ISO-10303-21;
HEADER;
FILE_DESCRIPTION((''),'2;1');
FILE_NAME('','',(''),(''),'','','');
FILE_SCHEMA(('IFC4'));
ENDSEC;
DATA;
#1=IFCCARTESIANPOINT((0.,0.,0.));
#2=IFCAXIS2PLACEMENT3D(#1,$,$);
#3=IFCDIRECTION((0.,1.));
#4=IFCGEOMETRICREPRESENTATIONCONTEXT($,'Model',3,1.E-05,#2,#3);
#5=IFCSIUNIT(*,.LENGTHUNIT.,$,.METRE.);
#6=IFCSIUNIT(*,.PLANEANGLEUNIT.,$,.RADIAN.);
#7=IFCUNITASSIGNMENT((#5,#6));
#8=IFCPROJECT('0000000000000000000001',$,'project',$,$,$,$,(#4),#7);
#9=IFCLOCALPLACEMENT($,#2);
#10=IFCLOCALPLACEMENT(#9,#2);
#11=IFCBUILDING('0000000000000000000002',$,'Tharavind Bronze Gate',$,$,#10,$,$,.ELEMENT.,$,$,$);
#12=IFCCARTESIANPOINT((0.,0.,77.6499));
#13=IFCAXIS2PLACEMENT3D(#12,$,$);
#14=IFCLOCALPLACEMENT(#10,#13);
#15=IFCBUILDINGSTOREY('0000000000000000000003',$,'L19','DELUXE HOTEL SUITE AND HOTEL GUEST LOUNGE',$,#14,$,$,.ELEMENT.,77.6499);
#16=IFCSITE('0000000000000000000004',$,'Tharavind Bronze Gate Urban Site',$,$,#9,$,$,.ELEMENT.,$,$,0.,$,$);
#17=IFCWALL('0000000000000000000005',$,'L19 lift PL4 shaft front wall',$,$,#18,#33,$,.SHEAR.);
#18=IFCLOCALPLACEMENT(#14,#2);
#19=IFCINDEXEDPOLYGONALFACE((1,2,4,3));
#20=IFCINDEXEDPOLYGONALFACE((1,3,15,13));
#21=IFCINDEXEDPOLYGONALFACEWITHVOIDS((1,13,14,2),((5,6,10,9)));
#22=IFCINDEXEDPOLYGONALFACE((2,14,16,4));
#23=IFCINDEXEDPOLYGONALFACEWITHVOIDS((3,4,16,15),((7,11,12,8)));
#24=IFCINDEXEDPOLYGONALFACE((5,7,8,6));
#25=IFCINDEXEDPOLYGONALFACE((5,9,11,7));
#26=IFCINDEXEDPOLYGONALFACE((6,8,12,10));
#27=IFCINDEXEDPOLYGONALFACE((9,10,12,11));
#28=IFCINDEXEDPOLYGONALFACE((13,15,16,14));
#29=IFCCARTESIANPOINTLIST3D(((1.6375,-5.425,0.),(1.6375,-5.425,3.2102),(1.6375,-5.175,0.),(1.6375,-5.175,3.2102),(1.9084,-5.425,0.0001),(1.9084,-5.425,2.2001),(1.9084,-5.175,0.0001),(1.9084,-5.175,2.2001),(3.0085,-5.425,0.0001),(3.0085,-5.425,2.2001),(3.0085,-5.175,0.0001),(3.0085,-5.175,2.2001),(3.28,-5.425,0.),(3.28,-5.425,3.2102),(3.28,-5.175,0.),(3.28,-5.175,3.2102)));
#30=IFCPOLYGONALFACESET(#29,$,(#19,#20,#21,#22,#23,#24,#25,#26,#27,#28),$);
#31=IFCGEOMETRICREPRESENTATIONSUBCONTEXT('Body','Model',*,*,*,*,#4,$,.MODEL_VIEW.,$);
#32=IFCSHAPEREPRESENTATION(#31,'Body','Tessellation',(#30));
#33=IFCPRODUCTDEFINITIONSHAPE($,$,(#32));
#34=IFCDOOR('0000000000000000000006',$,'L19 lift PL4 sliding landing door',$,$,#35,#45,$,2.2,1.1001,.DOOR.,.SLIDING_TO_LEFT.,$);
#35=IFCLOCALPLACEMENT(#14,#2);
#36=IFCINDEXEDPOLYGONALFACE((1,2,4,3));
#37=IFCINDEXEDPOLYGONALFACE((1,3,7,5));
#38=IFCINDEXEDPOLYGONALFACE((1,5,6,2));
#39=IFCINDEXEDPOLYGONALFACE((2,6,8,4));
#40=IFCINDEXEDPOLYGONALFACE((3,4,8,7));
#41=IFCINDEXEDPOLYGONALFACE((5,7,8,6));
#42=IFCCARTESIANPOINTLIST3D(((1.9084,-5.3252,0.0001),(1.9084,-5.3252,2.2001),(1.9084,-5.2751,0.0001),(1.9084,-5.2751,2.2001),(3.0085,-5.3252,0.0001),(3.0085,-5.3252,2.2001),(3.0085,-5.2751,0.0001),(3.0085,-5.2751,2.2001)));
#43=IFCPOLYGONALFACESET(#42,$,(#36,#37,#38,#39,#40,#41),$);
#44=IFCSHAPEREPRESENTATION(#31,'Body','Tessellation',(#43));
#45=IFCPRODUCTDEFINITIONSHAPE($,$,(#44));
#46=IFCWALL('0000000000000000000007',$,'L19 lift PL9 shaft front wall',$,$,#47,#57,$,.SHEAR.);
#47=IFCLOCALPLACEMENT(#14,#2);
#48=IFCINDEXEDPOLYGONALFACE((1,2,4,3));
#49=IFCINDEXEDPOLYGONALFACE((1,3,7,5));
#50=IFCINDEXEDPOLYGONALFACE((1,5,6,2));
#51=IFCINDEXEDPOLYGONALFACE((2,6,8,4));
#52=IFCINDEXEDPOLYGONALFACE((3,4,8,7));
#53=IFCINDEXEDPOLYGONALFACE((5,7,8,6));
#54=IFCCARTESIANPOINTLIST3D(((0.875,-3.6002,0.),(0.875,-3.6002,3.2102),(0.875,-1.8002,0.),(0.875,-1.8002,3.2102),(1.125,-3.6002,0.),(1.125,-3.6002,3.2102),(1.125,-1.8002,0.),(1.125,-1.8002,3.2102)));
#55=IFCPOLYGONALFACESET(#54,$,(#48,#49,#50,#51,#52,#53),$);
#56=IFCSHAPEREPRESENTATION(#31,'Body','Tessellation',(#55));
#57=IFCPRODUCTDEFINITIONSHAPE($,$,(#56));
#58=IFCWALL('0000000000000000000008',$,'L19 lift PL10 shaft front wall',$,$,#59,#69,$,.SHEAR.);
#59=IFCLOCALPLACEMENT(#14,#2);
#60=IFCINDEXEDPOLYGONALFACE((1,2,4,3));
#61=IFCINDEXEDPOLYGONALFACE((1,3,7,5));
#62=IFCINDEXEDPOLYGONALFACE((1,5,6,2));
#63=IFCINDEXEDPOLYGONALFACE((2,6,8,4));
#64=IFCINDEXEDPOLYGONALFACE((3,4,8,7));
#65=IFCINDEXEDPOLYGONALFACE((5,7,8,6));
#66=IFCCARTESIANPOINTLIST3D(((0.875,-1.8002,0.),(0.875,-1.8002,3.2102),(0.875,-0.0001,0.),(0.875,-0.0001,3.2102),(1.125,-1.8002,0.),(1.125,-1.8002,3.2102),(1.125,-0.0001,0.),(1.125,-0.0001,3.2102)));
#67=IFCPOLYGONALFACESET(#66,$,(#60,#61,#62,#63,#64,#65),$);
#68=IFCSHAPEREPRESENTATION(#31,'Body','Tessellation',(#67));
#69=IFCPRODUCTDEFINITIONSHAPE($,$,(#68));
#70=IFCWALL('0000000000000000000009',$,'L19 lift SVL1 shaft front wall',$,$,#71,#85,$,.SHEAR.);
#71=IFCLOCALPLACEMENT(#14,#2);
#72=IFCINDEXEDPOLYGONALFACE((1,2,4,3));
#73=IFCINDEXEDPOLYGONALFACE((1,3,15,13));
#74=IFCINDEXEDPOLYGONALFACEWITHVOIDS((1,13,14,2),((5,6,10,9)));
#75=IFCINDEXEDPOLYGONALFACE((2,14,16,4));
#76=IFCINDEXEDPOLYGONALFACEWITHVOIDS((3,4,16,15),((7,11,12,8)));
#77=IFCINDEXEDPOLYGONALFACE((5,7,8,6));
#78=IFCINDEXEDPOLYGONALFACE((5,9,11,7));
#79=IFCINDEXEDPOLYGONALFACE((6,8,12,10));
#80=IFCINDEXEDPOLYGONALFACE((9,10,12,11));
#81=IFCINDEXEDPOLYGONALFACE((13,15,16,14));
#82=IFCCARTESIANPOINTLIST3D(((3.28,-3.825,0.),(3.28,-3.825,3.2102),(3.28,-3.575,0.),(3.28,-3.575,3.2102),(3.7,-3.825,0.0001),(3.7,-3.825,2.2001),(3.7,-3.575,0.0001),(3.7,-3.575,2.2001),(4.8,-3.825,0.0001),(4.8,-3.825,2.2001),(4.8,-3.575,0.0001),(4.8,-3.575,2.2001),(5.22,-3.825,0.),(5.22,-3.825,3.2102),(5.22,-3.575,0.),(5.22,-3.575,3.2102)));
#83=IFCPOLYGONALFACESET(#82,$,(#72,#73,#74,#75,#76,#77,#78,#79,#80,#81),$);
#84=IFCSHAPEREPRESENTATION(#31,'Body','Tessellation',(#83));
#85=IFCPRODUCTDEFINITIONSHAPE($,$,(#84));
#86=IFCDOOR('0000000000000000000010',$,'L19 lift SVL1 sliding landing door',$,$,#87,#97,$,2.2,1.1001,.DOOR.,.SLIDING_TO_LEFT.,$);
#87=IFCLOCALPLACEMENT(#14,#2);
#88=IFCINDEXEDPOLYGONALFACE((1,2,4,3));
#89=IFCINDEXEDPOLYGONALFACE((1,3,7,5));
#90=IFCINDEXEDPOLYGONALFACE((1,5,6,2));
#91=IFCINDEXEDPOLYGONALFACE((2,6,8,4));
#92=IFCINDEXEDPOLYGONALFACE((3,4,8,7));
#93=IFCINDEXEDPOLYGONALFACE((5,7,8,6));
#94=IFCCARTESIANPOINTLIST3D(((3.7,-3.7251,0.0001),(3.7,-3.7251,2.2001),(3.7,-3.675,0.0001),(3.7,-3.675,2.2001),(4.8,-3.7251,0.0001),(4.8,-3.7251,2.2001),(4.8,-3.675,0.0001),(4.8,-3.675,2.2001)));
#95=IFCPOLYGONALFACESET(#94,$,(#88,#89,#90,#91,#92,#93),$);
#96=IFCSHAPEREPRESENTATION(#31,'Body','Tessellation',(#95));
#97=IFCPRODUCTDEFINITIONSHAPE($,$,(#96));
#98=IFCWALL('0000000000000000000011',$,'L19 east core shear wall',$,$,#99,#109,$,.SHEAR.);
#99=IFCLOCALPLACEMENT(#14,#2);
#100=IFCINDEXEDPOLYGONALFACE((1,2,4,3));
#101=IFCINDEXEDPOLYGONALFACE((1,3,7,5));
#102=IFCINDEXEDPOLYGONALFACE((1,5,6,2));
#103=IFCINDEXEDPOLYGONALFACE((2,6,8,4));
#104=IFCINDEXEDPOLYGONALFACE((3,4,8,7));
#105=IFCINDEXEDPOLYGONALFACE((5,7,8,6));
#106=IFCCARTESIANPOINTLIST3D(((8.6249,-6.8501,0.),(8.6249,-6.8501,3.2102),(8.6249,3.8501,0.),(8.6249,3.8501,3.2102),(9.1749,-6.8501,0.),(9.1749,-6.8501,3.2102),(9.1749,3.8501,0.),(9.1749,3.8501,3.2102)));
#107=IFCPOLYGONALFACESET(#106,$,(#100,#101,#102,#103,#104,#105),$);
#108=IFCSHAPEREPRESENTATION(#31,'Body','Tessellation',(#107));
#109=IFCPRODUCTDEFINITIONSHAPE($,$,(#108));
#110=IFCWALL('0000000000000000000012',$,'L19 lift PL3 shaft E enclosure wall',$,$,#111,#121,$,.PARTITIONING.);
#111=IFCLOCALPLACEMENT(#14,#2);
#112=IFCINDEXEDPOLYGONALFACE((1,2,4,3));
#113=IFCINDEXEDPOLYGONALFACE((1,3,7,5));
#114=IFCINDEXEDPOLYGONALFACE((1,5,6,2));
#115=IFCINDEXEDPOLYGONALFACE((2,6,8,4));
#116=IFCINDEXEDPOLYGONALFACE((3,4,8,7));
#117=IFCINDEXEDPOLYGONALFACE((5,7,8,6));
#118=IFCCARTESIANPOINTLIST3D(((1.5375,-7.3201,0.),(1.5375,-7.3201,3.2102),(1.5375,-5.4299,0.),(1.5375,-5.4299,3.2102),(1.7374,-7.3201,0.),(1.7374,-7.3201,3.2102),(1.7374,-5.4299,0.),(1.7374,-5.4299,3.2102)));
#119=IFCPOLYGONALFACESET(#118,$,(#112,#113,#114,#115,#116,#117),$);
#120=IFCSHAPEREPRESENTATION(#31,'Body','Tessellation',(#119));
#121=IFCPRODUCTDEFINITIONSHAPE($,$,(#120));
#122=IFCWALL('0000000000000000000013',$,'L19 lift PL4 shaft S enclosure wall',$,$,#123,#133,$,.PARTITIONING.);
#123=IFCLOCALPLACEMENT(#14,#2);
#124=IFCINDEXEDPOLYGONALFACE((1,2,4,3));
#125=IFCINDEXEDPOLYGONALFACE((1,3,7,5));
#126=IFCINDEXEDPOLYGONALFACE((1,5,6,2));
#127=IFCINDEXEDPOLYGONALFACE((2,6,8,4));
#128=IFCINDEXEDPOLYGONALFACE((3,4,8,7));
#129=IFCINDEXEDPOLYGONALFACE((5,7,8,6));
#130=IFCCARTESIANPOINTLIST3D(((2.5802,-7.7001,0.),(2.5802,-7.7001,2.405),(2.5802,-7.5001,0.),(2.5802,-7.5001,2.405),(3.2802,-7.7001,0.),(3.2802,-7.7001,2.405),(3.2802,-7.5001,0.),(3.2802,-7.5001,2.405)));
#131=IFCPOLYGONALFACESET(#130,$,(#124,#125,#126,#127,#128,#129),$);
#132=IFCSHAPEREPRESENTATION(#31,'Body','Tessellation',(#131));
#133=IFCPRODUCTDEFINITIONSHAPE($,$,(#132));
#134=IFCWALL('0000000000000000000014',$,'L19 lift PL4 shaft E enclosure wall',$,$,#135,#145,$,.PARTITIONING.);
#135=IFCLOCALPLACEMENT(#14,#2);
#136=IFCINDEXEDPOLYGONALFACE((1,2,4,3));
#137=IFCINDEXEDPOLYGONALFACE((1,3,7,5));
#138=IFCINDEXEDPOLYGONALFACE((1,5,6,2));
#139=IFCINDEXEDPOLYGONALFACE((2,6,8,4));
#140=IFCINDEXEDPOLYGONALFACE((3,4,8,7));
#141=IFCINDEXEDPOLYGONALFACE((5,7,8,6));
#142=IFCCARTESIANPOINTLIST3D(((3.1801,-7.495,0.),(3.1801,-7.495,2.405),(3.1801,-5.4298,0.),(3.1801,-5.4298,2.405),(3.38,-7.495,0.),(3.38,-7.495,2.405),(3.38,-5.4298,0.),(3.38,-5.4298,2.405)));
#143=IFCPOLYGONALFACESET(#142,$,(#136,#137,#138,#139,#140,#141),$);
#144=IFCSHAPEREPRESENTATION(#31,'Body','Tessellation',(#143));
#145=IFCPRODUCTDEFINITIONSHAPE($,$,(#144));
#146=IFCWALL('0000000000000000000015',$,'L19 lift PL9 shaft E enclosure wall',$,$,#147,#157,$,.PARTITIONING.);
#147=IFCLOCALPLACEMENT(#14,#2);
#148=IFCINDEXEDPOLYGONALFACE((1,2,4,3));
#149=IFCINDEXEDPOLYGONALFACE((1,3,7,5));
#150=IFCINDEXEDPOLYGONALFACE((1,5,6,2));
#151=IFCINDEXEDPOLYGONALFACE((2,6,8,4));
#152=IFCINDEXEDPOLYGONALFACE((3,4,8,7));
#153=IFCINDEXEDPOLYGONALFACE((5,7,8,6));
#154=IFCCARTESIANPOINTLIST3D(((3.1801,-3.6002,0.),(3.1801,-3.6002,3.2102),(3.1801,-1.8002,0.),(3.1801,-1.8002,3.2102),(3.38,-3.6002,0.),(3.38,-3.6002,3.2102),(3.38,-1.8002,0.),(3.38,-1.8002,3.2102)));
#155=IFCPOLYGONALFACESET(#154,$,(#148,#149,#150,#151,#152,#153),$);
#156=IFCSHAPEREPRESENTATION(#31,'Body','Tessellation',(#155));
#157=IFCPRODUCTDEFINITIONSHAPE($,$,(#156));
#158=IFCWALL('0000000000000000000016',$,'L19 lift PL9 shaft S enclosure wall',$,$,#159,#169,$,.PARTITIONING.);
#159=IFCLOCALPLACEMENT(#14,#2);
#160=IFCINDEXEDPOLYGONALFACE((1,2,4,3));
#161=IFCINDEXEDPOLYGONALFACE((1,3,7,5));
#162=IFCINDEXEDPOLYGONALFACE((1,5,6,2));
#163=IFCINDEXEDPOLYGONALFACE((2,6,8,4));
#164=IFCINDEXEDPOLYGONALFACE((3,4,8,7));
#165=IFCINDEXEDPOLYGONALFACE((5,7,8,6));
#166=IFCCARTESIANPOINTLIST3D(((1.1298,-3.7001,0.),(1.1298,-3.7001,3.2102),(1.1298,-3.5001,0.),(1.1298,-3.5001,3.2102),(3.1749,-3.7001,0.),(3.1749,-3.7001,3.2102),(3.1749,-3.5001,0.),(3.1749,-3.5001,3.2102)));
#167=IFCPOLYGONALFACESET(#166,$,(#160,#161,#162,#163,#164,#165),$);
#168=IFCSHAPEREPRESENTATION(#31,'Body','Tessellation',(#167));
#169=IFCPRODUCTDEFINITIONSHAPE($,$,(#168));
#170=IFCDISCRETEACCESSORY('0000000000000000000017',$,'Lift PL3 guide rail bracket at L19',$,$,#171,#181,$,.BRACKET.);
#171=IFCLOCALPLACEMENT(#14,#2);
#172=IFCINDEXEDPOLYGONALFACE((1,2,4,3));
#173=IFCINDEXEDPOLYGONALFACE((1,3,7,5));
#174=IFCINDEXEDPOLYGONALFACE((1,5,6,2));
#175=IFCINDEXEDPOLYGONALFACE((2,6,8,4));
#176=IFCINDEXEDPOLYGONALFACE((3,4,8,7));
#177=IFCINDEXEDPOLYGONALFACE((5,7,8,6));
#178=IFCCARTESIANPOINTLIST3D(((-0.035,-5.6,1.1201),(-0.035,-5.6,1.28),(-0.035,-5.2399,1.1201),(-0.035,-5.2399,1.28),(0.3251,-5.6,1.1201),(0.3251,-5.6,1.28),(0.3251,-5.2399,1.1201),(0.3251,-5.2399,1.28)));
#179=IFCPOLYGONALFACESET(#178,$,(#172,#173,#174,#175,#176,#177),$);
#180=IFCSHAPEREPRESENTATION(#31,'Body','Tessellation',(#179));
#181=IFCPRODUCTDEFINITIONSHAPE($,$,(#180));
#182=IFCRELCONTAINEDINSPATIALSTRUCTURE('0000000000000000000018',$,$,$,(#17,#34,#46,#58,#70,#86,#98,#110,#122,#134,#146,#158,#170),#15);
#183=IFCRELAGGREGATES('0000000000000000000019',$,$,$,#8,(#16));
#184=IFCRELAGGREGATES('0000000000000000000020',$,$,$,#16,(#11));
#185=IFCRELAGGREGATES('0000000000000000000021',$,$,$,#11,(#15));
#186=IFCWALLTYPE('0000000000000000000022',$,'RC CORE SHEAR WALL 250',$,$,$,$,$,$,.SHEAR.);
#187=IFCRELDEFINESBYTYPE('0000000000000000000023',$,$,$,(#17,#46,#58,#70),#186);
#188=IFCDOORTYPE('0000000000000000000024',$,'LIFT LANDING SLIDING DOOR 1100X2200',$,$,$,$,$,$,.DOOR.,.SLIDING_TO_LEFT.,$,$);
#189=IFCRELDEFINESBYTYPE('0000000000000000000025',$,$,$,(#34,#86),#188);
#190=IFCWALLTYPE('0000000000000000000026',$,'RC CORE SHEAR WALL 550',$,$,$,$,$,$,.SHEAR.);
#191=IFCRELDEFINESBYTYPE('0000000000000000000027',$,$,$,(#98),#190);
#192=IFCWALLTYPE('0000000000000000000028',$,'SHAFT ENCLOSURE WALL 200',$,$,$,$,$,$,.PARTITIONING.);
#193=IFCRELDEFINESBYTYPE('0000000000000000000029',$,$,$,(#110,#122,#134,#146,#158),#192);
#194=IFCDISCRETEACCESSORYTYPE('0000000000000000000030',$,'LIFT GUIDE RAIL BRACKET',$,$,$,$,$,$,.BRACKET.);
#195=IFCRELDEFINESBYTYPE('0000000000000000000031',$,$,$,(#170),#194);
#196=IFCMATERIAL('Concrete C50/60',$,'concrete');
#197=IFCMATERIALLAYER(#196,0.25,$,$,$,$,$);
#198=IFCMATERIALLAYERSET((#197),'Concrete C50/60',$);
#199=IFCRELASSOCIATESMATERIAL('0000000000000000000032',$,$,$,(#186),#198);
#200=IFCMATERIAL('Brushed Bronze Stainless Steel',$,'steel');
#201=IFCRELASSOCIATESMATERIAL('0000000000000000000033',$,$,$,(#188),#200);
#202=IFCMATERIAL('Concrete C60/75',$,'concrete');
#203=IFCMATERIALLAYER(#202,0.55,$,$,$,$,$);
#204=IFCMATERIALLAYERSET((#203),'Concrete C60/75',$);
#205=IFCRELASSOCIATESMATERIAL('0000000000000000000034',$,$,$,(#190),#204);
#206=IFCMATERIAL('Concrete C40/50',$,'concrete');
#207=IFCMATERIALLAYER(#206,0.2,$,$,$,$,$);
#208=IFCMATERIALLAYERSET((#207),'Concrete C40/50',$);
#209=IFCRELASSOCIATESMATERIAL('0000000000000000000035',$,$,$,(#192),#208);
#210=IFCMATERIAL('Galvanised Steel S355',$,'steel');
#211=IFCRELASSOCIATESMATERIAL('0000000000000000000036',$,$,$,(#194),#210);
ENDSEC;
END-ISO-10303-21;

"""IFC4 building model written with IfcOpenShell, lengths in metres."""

from ifc_helpers import new_model, si_unit, direction, frame, frame_2d, origin, origin_2d, place, context, subcontext, project, spatial, rectangle, extrude, material, layer, layer_set, type_object, element, fill, save


model = new_model("IFC4")

# Units and contexts
model_context = context("Model", 3, precision=1e-05, world=origin(), true_north=direction((0.0, 1.0)))
body_context = subcontext(model_context, "Body", "Model", "MODEL_VIEW")
ifc_project = project(units=[si_unit("LENGTHUNIT", "METRE"), si_unit("PLANEANGLEUNIT", "RADIAN")], contexts=[model_context])

# Site, building, storey
site_placement = place(None, origin())
site = spatial("IfcSite", under=ifc_project, at=site_placement, Name="Tharavind Bronze Gate Urban Site", CompositionType="ELEMENT", RefElevation=0.0)
building_placement = place(site_placement, origin())
building = spatial("IfcBuilding", under=site, at=building_placement, Name="Tharavind Bronze Gate", CompositionType="ELEMENT")
storey_placement = place(building_placement, frame((0.0, 0.0, 77.6499)))
storey = spatial("IfcBuildingStorey", under=building, at=storey_placement, Name="L19", Description="DELUXE HOTEL SUITE AND HOTEL GUEST LOUNGE", CompositionType="ELEMENT", Elevation=77.6499)

# Shared definitions
ifc_material_1 = material(Name="Concrete C50/60", Category="concrete")
ifc_layer_1 = layer(ifc_material_1, 0.25)
ifc_layer_set_1 = layer_set([ifc_layer_1], Name="Concrete C50/60")
wall_type_1 = type_object("IfcWallType", Name="RC CORE SHEAR WALL 250", PredefinedType="SHEAR", material=ifc_layer_set_1)

# Wall, opening, door
wall_1_placement = place(storey_placement, frame((1.6375, -5.3, 0.0), z_axis=(0.0, 0.0, 1.0), x_axis=(1.0, 0.0, 0.0)))
wall_1 = element("IfcWall", 1, at=wall_1_placement, inside=storey, type_object=wall_type_1, Name="L19 lift PL4 shaft front wall", PredefinedType="SHEAR", context=body_context, shape_type="SweptSolid", body=[
    extrude(rectangle(XDim=1.6426, YDim=0.25, at=frame_2d((0.8213, 0.0))), origin(), (0.0, 0.0, 1.0), 3.2102),
])
opening_1_placement = place(wall_1_placement, frame((0.271, 0.0, 0.0)))
opening_1 = element("IfcOpeningElement", 2, at=opening_1_placement, cuts=wall_1, PredefinedType="OPENING", context=body_context, shape_type="SweptSolid", body=[
    extrude(rectangle(XDim=1.1001, YDim=2.2, at=frame_2d((0.55, 1.1001))), frame((0.0, 0.135, 0.0), z_axis=(0.0, -1.0, 0.0), x_axis=(1.0, 0.0, 0.0)), (0.0, 0.0, 1.0), 0.27),
])
ifc_material_2 = material(Name="Brushed Bronze Stainless Steel", Category="steel")
door_type_1 = type_object("IfcDoorType", Name="LIFT LANDING SLIDING DOOR 1100X2200", OperationType="SLIDING_TO_LEFT", PredefinedType="DOOR", material=ifc_material_2)
door_1_placement = place(opening_1_placement, origin())
door_1 = element("IfcDoor", 3, at=door_1_placement, inside=storey, type_object=door_type_1, Name="L19 lift PL4 sliding landing door", OperationType="SLIDING_TO_LEFT", OverallHeight=2.2, OverallWidth=1.1001, PredefinedType="DOOR", context=body_context, shape_type="SweptSolid", body=[
    extrude(rectangle(XDim=1.1001, YDim=2.2, at=frame_2d((0.55, 1.1001))), frame((0.0, 0.0249, 0.0), z_axis=(0.0, -1.0, 0.0), x_axis=(1.0, 0.0, 0.0)), (0.0, 0.0, 1.0), 0.05),
])
fill(opening_1, door_1)

# Walls
for number, where, z_axis, x_axis, name in (
    (4, (1.0, -3.6001, 0.0), (0.0, 0.0, 1.0), (0.0, 1.0, 0.0), "L19 lift PL9 shaft front wall"),
    (5, (1.0, -1.8, 0.0), (0.0, 0.0, 1.0), (0.0, 1.0, 0.0), "L19 lift PL10 shaft front wall"),
):
    element("IfcWall", number, at=place(storey_placement, frame(where, z_axis=z_axis, x_axis=x_axis)), inside=storey, type_object=wall_type_1, Name=name, PredefinedType="SHEAR", context=body_context, shape_type="SweptSolid", body=[
        extrude(rectangle(XDim=1.8, YDim=0.25, at=frame_2d((0.8999, 0.0))), origin(), (0.0, 0.0, 1.0), 3.2102),
    ])

# Wall, opening, door
wall_2_placement = place(storey_placement, frame((3.28, -3.7, 0.0), z_axis=(0.0, 0.0, 1.0), x_axis=(1.0, 0.0, 0.0)))
wall_2 = element("IfcWall", 6, at=wall_2_placement, inside=storey, type_object=wall_type_1, Name="L19 lift SVL1 shaft front wall", PredefinedType="SHEAR", context=body_context, shape_type="SweptSolid", body=[
    extrude(rectangle(XDim=1.9399, YDim=0.25, at=frame_2d((0.97, 0.0))), origin(), (0.0, 0.0, 1.0), 3.2102),
])
opening_2_placement = place(wall_2_placement, frame((0.4199, 0.0, 0.0)))
opening_2 = element("IfcOpeningElement", 7, at=opening_2_placement, cuts=wall_2, PredefinedType="OPENING", context=body_context, shape_type="SweptSolid", body=[
    extrude(rectangle(XDim=1.1001, YDim=2.2, at=frame_2d((0.55, 1.1001))), frame((0.0, 0.135, 0.0), z_axis=(0.0, -1.0, 0.0), x_axis=(1.0, 0.0, 0.0)), (0.0, 0.0, 1.0), 0.27),
])
door_2_placement = place(opening_2_placement, origin())
door_2 = element("IfcDoor", 8, at=door_2_placement, inside=storey, type_object=door_type_1, Name="L19 lift SVL1 sliding landing door", OperationType="SLIDING_TO_LEFT", OverallHeight=2.2, OverallWidth=1.1001, PredefinedType="DOOR", context=body_context, shape_type="SweptSolid", body=[
    extrude(rectangle(XDim=1.1001, YDim=2.2, at=frame_2d((0.55, 1.1001))), frame((0.0, 0.0249, 0.0), z_axis=(0.0, -1.0, 0.0), x_axis=(1.0, 0.0, 0.0)), (0.0, 0.0, 1.0), 0.05),
])
fill(opening_2, door_2)

# Walls
ifc_material_3 = material(Name="Concrete C60/75", Category="concrete")
ifc_layer_2 = layer(ifc_material_3, 0.55)
ifc_layer_set_2 = layer_set([ifc_layer_2], Name="Concrete C60/75")
wall_type_2 = type_object("IfcWallType", Name="RC CORE SHEAR WALL 550", PredefinedType="SHEAR", material=ifc_layer_set_2)
wall_3_placement = place(storey_placement, frame((8.8999, -6.8501, 0.0), z_axis=(0.0, 0.0, 1.0), x_axis=(0.0, 1.0, 0.0)))
element("IfcWall", 9, at=wall_3_placement, inside=storey, type_object=wall_type_2, Name="L19 east core shear wall", PredefinedType="SHEAR", context=body_context, shape_type="SweptSolid", body=[
    extrude(rectangle(XDim=10.7002, YDim=0.55, at=frame_2d((5.3501, 0.0))), origin(), (0.0, 0.0, 1.0), 3.2102),
])
ifc_material_4 = material(Name="Concrete C40/50", Category="concrete")
ifc_layer_3 = layer(ifc_material_4, 0.2)
ifc_layer_set_3 = layer_set([ifc_layer_3], Name="Concrete C40/50")
wall_type_3 = type_object("IfcWallType", Name="SHAFT ENCLOSURE WALL 200", PredefinedType="PARTITIONING", material=ifc_layer_set_3)
wall_4_placement = place(storey_placement, frame((1.6375, -7.3201, 0.0), z_axis=(0.0, 0.0, 1.0), x_axis=(0.0, 1.0, 0.0)))
element("IfcWall", 10, at=wall_4_placement, inside=storey, type_object=wall_type_3, Name="L19 lift PL3 shaft E enclosure wall", PredefinedType="PARTITIONING", context=body_context, shape_type="SweptSolid", body=[
    extrude(rectangle(XDim=1.8901, YDim=0.2, at=frame_2d((0.9451, 0.0))), origin(), (0.0, 0.0, 1.0), 3.2102),
])
wall_5_placement = place(storey_placement, frame((2.5801, -7.6001, 0.0), z_axis=(0.0, 0.0, 1.0), x_axis=(1.0, 0.0, 0.0)))
element("IfcWall", 11, at=wall_5_placement, inside=storey, type_object=wall_type_3, Name="L19 lift PL4 shaft S enclosure wall", PredefinedType="PARTITIONING", context=body_context, shape_type="SweptSolid", body=[
    extrude(rectangle(XDim=0.7, YDim=0.2, at=frame_2d((0.3501, 0.0))), origin(), (0.0, 0.0, 1.0), 2.405),
])
wall_6_placement = place(storey_placement, frame((3.28, -7.4951, 0.0), z_axis=(0.0, 0.0, 1.0), x_axis=(0.0, 1.0, 0.0)))
element("IfcWall", 12, at=wall_6_placement, inside=storey, type_object=wall_type_3, Name="L19 lift PL4 shaft E enclosure wall", PredefinedType="PARTITIONING", context=body_context, shape_type="SweptSolid", body=[
    extrude(rectangle(XDim=2.0652, YDim=0.2, at=frame_2d((1.0327, 0.0))), origin(), (0.0, 0.0, 1.0), 2.405),
])
wall_7_placement = place(storey_placement, frame((3.28, -3.6001, 0.0), z_axis=(0.0, 0.0, 1.0), x_axis=(0.0, 1.0, 0.0)))
element("IfcWall", 13, at=wall_7_placement, inside=storey, type_object=wall_type_3, Name="L19 lift PL9 shaft E enclosure wall", PredefinedType="PARTITIONING", context=body_context, shape_type="SweptSolid", body=[
    extrude(rectangle(XDim=1.8, YDim=0.2, at=frame_2d((0.8999, 0.0))), origin(), (0.0, 0.0, 1.0), 3.2102),
])
wall_8_placement = place(storey_placement, frame((1.1299, -3.6001, 0.0), z_axis=(0.0, 0.0, 1.0), x_axis=(1.0, 0.0, 0.0)))
element("IfcWall", 14, at=wall_8_placement, inside=storey, type_object=wall_type_3, Name="L19 lift PL9 shaft S enclosure wall", PredefinedType="PARTITIONING", context=body_context, shape_type="SweptSolid", body=[
    extrude(rectangle(XDim=2.0452, YDim=0.2, at=frame_2d((1.0225, 0.0))), origin(), (0.0, 0.0, 1.0), 3.2102),
])

# Discrete accessory
ifc_material_5 = material(Name="Galvanised Steel S355", Category="steel")
discrete_accessory_type = type_object("IfcDiscreteAccessoryType", Name="LIFT GUIDE RAIL BRACKET", PredefinedType="BRACKET", material=ifc_material_5)
for number, where, z_axis, x_axis, name in (
    (15, (0.145, -5.4199, 1.1201), (0.0, 0.0, 1.0), (1.0, 0.0, 0.0), "Lift PL3 guide rail bracket at L19"),
):
    element("IfcDiscreteAccessory", number, at=place(storey_placement, frame(where, z_axis=z_axis, x_axis=x_axis)), inside=storey, type_object=discrete_accessory_type, Name=name, PredefinedType="BRACKET", context=body_context, shape_type="SweptSolid", body=[
        extrude(rectangle(XDim=0.3601, YDim=0.3601, at=origin_2d()), origin(), (0.0, 0.0, 1.0), 0.1599),
    ])

save(model, "model.ifc")
